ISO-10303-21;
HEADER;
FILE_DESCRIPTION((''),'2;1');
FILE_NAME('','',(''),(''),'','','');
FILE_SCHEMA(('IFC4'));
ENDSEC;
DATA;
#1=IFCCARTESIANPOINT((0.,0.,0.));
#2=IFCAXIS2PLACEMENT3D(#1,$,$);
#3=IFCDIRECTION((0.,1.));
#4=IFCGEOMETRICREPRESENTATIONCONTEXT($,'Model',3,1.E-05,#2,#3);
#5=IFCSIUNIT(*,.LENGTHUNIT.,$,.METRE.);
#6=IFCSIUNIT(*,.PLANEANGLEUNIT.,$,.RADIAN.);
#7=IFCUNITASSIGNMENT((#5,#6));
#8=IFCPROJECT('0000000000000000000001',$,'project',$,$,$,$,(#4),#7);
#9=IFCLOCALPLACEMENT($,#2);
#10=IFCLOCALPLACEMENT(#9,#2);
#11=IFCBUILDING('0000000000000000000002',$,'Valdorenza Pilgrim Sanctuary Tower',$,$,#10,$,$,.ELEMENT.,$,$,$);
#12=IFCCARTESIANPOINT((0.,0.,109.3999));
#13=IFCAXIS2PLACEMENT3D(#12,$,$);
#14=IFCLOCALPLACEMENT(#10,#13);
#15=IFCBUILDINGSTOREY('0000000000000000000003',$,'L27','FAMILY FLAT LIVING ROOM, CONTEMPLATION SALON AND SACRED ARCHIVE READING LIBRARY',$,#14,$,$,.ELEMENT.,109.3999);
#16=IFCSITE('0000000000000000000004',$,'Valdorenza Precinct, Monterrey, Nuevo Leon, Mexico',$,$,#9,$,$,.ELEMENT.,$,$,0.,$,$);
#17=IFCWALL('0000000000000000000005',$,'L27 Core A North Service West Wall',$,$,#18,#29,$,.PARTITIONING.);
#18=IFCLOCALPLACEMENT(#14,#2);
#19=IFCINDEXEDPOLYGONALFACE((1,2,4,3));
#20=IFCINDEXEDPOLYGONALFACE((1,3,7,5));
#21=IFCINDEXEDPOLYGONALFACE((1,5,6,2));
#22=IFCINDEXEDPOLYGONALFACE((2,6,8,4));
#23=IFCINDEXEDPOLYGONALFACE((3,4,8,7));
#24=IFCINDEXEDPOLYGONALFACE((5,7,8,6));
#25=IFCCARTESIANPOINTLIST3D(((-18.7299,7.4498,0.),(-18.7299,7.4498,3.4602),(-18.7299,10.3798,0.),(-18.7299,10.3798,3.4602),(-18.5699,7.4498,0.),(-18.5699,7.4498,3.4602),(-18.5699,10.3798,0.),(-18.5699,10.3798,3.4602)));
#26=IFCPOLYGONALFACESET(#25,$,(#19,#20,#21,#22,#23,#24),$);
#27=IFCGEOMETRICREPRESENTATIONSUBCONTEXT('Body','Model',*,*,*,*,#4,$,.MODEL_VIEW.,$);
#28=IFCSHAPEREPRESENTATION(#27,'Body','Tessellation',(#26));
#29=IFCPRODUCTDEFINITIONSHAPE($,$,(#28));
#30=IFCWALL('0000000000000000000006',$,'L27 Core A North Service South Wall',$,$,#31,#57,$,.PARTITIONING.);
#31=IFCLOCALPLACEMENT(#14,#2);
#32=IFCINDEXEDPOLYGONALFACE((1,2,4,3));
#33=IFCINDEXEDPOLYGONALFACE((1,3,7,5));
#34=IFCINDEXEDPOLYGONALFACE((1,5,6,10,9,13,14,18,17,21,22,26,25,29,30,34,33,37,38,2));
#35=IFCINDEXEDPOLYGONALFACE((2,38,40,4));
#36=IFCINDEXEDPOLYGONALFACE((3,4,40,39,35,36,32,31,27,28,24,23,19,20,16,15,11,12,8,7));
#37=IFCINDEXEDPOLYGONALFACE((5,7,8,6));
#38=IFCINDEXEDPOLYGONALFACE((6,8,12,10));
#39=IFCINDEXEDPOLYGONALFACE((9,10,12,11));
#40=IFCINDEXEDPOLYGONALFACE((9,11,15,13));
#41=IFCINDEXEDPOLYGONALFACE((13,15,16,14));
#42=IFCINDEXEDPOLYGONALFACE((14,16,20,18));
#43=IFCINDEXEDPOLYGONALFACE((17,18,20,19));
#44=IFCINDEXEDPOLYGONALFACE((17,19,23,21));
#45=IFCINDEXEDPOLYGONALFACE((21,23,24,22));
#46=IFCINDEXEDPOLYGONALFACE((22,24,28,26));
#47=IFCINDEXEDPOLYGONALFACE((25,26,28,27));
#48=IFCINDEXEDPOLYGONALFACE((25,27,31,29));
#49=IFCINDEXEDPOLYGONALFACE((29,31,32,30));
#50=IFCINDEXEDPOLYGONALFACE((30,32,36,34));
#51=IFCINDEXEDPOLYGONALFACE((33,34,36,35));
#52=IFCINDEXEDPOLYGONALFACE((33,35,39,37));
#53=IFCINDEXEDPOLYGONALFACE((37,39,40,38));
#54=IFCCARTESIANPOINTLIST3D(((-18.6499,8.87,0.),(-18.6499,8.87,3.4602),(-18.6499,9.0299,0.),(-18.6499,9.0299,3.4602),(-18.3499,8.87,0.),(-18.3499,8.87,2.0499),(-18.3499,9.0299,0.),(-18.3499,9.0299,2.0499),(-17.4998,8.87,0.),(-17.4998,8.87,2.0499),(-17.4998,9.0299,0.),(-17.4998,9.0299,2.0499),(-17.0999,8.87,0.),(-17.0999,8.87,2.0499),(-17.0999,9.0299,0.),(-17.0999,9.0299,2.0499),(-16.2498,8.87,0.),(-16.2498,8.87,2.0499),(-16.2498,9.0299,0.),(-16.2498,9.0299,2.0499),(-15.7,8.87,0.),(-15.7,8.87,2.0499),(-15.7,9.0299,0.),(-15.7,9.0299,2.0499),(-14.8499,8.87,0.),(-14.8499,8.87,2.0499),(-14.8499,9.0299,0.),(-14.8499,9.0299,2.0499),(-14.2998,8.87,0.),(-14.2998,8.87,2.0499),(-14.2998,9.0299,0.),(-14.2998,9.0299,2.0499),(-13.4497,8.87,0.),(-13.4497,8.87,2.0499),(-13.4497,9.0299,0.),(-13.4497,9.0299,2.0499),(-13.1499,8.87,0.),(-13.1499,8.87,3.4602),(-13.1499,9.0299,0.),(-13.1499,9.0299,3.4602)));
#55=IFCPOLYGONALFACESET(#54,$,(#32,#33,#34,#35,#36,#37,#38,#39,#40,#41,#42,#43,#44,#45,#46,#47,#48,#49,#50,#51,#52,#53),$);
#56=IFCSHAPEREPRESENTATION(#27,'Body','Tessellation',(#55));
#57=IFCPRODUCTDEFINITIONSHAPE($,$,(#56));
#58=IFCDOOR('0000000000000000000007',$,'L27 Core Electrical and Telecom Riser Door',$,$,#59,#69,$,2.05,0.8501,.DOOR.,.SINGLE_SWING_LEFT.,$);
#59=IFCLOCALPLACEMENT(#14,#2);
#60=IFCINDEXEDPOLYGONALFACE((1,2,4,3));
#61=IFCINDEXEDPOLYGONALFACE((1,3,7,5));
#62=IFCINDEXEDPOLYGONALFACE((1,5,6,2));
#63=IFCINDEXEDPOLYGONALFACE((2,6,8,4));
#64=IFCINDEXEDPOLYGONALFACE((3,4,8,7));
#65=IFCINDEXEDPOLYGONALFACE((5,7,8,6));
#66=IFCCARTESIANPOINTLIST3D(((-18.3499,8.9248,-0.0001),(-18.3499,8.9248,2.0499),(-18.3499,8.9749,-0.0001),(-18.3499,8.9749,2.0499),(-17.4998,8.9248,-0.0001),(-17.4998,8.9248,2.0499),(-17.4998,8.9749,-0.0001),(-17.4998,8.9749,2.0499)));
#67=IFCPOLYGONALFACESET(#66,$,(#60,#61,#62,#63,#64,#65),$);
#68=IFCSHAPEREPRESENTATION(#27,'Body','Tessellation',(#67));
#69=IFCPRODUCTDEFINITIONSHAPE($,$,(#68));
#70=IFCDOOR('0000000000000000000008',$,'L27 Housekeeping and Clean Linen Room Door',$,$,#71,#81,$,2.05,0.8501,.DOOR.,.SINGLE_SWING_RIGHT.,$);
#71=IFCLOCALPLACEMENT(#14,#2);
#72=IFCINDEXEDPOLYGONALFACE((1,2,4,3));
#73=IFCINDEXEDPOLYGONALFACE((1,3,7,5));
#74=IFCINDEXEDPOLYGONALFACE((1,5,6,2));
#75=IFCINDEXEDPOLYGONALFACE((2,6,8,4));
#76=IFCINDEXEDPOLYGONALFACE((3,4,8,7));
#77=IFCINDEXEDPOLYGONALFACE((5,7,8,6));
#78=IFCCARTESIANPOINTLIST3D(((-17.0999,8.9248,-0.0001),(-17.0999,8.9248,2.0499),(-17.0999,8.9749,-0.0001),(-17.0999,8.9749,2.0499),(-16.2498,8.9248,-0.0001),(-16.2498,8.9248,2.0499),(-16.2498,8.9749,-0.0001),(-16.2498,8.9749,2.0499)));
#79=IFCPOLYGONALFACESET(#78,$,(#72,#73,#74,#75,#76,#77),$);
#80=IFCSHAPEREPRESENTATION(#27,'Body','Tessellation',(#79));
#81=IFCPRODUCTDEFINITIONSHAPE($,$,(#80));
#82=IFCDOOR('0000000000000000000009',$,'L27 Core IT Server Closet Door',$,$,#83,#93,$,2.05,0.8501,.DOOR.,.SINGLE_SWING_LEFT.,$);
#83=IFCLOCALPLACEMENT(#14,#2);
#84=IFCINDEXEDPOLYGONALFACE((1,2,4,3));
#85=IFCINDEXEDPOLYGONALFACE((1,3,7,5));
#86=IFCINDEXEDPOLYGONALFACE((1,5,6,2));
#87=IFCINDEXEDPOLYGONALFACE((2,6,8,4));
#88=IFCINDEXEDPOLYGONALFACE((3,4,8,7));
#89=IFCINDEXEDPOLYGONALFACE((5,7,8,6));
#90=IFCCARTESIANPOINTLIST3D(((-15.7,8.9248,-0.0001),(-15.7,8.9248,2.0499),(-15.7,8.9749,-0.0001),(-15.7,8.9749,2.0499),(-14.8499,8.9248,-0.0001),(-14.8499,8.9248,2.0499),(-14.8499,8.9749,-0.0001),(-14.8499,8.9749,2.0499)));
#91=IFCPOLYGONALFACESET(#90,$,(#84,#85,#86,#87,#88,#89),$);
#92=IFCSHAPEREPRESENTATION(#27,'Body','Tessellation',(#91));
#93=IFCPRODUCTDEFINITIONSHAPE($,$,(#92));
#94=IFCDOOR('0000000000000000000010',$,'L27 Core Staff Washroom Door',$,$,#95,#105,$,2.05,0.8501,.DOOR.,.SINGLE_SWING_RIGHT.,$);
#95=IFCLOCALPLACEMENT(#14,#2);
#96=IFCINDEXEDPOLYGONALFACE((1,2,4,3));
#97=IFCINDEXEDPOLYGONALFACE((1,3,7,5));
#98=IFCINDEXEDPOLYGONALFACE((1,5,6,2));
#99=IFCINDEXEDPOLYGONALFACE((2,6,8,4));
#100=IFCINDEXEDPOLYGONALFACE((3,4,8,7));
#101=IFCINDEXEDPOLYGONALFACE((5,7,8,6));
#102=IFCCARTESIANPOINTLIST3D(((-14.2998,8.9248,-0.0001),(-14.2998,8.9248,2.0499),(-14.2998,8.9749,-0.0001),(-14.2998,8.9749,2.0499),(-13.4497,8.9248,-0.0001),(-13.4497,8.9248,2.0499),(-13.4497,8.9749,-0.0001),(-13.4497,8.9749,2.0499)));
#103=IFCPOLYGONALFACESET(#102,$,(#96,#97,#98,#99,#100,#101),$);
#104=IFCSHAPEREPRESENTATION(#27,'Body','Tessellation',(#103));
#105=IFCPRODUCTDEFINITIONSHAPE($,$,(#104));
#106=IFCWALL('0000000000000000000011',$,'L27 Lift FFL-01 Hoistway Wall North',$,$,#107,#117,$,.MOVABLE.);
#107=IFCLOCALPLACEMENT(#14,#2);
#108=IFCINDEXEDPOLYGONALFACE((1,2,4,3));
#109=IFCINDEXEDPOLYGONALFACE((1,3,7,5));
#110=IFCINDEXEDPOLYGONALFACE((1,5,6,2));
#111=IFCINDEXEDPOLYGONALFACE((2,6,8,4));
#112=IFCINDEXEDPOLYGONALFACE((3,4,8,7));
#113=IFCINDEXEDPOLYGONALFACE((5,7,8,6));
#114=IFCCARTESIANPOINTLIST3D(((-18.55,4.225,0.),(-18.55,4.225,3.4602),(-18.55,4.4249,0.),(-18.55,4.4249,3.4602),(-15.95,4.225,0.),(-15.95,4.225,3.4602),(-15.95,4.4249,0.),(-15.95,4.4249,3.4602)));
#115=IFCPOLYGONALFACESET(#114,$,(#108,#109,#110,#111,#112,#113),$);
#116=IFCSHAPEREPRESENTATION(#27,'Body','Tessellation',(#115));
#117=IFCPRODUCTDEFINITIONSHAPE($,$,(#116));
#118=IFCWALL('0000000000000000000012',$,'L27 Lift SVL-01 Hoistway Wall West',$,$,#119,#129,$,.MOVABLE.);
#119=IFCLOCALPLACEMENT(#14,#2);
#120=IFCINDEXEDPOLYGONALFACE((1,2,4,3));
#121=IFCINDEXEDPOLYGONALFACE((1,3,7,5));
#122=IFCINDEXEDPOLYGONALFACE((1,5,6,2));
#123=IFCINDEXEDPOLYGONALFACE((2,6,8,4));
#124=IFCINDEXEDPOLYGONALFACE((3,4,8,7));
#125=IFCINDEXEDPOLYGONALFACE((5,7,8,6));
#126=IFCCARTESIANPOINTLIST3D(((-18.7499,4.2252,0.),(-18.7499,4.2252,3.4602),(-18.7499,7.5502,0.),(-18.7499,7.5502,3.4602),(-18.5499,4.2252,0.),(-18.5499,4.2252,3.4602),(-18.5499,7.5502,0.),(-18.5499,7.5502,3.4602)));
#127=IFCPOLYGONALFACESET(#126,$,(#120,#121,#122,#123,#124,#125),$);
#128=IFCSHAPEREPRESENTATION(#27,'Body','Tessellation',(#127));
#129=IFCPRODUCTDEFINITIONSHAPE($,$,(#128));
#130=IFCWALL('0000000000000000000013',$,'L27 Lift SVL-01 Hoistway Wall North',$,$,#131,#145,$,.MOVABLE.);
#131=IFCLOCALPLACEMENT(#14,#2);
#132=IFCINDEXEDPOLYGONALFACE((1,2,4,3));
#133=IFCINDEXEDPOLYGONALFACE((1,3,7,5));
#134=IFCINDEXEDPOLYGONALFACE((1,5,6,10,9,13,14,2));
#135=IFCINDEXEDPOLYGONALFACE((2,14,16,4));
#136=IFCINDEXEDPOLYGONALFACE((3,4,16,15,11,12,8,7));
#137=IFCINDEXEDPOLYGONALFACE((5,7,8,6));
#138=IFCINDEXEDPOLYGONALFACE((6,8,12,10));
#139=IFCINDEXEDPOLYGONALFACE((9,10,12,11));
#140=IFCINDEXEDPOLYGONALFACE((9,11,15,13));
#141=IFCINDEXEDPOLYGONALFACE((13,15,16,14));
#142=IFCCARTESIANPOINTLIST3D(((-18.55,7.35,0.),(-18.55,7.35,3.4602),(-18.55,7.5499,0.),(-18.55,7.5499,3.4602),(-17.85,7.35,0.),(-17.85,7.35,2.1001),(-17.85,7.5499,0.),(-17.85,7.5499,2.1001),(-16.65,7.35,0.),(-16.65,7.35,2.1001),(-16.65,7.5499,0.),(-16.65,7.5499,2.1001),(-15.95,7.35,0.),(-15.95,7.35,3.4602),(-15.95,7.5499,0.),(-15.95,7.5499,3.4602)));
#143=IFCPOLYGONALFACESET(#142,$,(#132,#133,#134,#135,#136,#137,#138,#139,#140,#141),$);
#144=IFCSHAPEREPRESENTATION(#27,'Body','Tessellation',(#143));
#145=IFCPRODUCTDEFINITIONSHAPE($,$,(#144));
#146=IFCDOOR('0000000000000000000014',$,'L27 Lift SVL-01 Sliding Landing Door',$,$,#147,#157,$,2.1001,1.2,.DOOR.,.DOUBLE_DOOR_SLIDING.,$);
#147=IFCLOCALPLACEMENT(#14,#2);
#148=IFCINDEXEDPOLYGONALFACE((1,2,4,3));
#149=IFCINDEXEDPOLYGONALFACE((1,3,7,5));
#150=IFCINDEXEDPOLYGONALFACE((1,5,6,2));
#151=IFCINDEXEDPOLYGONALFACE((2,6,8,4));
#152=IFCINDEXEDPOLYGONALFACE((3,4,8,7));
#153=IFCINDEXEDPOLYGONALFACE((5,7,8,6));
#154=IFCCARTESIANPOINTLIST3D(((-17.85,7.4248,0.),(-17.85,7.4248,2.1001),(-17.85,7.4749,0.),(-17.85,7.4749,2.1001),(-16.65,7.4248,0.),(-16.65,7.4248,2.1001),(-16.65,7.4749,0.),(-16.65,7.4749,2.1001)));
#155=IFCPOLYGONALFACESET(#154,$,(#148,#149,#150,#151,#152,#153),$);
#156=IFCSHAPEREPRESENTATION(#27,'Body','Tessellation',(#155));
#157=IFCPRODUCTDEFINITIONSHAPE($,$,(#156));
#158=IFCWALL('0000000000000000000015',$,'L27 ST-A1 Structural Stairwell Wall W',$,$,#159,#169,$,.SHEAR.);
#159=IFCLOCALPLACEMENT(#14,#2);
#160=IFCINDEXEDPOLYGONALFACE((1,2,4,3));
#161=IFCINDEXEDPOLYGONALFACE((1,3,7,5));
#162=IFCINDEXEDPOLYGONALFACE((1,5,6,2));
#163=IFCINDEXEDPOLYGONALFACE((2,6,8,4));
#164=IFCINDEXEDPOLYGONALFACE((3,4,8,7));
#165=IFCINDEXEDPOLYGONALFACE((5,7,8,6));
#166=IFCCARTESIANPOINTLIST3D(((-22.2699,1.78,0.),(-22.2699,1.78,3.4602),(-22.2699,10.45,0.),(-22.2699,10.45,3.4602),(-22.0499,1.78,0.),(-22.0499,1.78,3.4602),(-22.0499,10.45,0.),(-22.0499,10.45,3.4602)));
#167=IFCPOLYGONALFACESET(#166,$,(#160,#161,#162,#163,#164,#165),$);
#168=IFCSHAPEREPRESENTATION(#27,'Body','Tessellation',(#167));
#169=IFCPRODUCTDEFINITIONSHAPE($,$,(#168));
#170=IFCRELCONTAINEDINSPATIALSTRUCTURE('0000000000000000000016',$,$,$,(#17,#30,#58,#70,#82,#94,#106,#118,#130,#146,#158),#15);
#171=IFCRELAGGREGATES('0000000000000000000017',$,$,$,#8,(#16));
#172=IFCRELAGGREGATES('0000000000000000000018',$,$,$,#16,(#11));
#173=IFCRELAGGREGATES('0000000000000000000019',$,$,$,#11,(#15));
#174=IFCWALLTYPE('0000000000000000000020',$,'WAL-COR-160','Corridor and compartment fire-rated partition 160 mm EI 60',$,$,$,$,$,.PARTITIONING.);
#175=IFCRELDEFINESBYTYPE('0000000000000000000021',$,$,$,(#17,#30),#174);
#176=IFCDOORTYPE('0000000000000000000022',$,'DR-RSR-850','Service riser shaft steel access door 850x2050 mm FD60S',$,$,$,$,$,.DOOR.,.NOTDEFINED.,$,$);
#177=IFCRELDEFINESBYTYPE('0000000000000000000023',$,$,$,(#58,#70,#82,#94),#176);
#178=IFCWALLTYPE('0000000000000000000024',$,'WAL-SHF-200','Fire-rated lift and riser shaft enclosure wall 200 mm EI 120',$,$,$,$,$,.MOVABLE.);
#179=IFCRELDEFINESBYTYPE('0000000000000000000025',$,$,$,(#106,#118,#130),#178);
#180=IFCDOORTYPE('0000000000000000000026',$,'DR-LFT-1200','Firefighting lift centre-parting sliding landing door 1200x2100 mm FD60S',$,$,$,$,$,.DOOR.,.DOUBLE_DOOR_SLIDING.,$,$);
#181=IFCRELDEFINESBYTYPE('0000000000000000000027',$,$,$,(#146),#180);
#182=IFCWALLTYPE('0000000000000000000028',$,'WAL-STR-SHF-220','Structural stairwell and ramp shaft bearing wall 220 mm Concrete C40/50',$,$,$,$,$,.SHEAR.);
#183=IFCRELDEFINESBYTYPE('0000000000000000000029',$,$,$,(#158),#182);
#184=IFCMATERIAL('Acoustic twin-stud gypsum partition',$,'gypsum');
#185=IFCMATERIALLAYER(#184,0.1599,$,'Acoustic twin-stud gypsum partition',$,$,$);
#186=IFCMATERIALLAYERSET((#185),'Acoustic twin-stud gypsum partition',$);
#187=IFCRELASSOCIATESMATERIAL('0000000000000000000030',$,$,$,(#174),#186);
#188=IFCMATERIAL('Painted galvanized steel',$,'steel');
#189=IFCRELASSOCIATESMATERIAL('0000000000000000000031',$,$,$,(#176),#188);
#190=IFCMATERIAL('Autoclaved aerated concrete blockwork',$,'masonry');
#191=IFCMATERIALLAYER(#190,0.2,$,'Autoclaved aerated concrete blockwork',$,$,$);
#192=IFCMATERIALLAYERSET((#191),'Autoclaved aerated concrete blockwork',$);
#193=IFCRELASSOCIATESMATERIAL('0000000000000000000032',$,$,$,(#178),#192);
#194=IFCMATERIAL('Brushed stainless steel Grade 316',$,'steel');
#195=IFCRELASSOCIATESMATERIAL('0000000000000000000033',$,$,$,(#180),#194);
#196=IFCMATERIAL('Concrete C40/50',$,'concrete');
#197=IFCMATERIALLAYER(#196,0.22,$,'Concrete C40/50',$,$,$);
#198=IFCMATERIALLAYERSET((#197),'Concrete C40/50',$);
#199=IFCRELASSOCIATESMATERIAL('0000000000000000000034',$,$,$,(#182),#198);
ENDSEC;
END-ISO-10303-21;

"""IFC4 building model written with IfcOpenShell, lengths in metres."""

from ifc_helpers import new_model, si_unit, direction, frame, frame_2d, origin, place, context, subcontext, project, spatial, rectangle, extrude, material, layer, layer_set, type_object, element, fill, save


model = new_model("IFC4")

# Units and contexts
model_context = context("Model", 3, precision=1e-05, world=origin(), true_north=direction((0.0, 1.0)))
body_context = subcontext(model_context, "Body", "Model", "MODEL_VIEW")
ifc_project = project(units=[si_unit("LENGTHUNIT", "METRE"), si_unit("PLANEANGLEUNIT", "RADIAN")], contexts=[model_context])

# Site, building, storey
site_placement = place(None, origin())
site = spatial("IfcSite", under=ifc_project, at=site_placement, Name="Valdorenza Precinct, Monterrey, Nuevo Leon, Mexico", CompositionType="ELEMENT", RefElevation=0.0)
building_placement = place(site_placement, origin())
building = spatial("IfcBuilding", under=site, at=building_placement, Name="Valdorenza Pilgrim Sanctuary Tower", CompositionType="ELEMENT")
storey_placement = place(building_placement, frame((0.0, 0.0, 109.3999)))
storey = spatial("IfcBuildingStorey", under=building, at=storey_placement, Name="L27", Description="FAMILY FLAT LIVING ROOM, CONTEMPLATION SALON AND SACRED ARCHIVE READING LIBRARY", CompositionType="ELEMENT", Elevation=109.3999)

# Wall
ifc_material_1 = material(Name="Acoustic twin-stud gypsum partition", Category="gypsum")
ifc_layer_1 = layer(ifc_material_1, 0.1599, Name="Acoustic twin-stud gypsum partition")
ifc_layer_set_1 = layer_set([ifc_layer_1], Name="Acoustic twin-stud gypsum partition")
wall_type_1 = type_object("IfcWallType", Name="WAL-COR-160", Description="Corridor and compartment fire-rated partition 160 mm EI 60", PredefinedType="PARTITIONING", material=ifc_layer_set_1)
wall_1_placement = place(storey_placement, frame((-18.6499, 7.45, 0.0), z_axis=(0.0, 0.0, 1.0), x_axis=(0.0, 1.0, 0.0)))
element("IfcWall", 1, at=wall_1_placement, inside=storey, type_object=wall_type_1, Name="L27 Core A North Service West Wall", PredefinedType="PARTITIONING", context=body_context, shape_type="SweptSolid", body=[
    extrude(rectangle(XDim=2.9299, YDim=0.1599, at=frame_2d((1.4648, 0.0))), origin(), (0.0, 0.0, 1.0), 3.4602),
])

# Wall, openings, doors
wall_2_placement = place(storey_placement, frame((-18.6499, 8.95, 0.0), z_axis=(0.0, 0.0, 1.0), x_axis=(1.0, 0.0, 0.0)))
wall_2 = element("IfcWall", 2, at=wall_2_placement, inside=storey, type_object=wall_type_1, Name="L27 Core A North Service South Wall", PredefinedType="PARTITIONING", context=body_context, shape_type="SweptSolid", body=[
    extrude(rectangle(XDim=5.5, YDim=0.1599, at=frame_2d((2.75, 0.0))), origin(), (0.0, 0.0, 1.0), 3.4602),
])
opening_1_placement = place(wall_2_placement, frame((0.3, 0.0, 0.0)))
opening_1 = element("IfcOpeningElement", 3, at=opening_1_placement, cuts=wall_2, PredefinedType="OPENING", context=body_context, shape_type="SweptSolid", body=[
    extrude(rectangle(XDim=0.8501, YDim=2.05, at=frame_2d((0.425, 1.0249))), frame((0.0, 0.0947, 0.0), z_axis=(0.0, -1.0, 0.0), x_axis=(1.0, 0.0, 0.0)), (0.0, 0.0, 1.0), 0.1897),
])
opening_2_placement = place(wall_2_placement, frame((1.55, 0.0, 0.0)))
opening_2 = element("IfcOpeningElement", 4, at=opening_2_placement, cuts=wall_2, PredefinedType="OPENING", context=body_context, shape_type="SweptSolid", body=[
    extrude(rectangle(XDim=0.8501, YDim=2.05, at=frame_2d((0.425, 1.0249))), frame((0.0, 0.0947, 0.0), z_axis=(0.0, -1.0, 0.0), x_axis=(1.0, 0.0, 0.0)), (0.0, 0.0, 1.0), 0.1897),
])
opening_3_placement = place(wall_2_placement, frame((2.95, 0.0, 0.0)))
opening_3 = element("IfcOpeningElement", 5, at=opening_3_placement, cuts=wall_2, PredefinedType="OPENING", context=body_context, shape_type="SweptSolid", body=[
    extrude(rectangle(XDim=0.8501, YDim=2.05, at=frame_2d((0.425, 1.0249))), frame((0.0, 0.0947, 0.0), z_axis=(0.0, -1.0, 0.0), x_axis=(1.0, 0.0, 0.0)), (0.0, 0.0, 1.0), 0.1897),
])
opening_4_placement = place(wall_2_placement, frame((4.3501, 0.0, 0.0)))
opening_4 = element("IfcOpeningElement", 6, at=opening_4_placement, cuts=wall_2, PredefinedType="OPENING", context=body_context, shape_type="SweptSolid", body=[
    extrude(rectangle(XDim=0.8501, YDim=2.05, at=frame_2d((0.425, 1.0249))), frame((0.0, 0.0947, 0.0), z_axis=(0.0, -1.0, 0.0), x_axis=(1.0, 0.0, 0.0)), (0.0, 0.0, 1.0), 0.1897),
])
ifc_material_2 = material(Name="Painted galvanized steel", Category="steel")
door_type_1 = type_object("IfcDoorType", Name="DR-RSR-850", Description="Service riser shaft steel access door 850x2050 mm FD60S", OperationType="NOTDEFINED", PredefinedType="DOOR", material=ifc_material_2)
door_1_placement = place(opening_1_placement, origin())
door_1 = element("IfcDoor", 7, at=door_1_placement, inside=storey, type_object=door_type_1, Name="L27 Core Electrical and Telecom Riser Door", OperationType="SINGLE_SWING_LEFT", OverallHeight=2.05, OverallWidth=0.8501, PredefinedType="DOOR", context=body_context, shape_type="SweptSolid", body=[
    extrude(rectangle(XDim=0.8501, YDim=2.05, at=frame_2d((0.425, 1.0249))), frame((0.0, 0.0249, 0.0), z_axis=(0.0, -1.0, 0.0), x_axis=(1.0, 0.0, 0.0)), (0.0, 0.0, 1.0), 0.05),
])
fill(opening_1, door_1)
door_2_placement = place(opening_2_placement, origin())
door_2 = element("IfcDoor", 8, at=door_2_placement, inside=storey, type_object=door_type_1, Name="L27 Housekeeping and Clean Linen Room Door", OperationType="SINGLE_SWING_RIGHT", OverallHeight=2.05, OverallWidth=0.8501, PredefinedType="DOOR", context=body_context, shape_type="SweptSolid", body=[
    extrude(rectangle(XDim=0.8501, YDim=2.05, at=frame_2d((0.425, 1.0249))), frame((0.0, 0.0249, 0.0), z_axis=(0.0, -1.0, 0.0), x_axis=(1.0, 0.0, 0.0)), (0.0, 0.0, 1.0), 0.05),
])
fill(opening_2, door_2)
door_3_placement = place(opening_3_placement, origin())
door_3 = element("IfcDoor", 9, at=door_3_placement, inside=storey, type_object=door_type_1, Name="L27 Core IT Server Closet Door", OperationType="SINGLE_SWING_LEFT", OverallHeight=2.05, OverallWidth=0.8501, PredefinedType="DOOR", context=body_context, shape_type="SweptSolid", body=[
    extrude(rectangle(XDim=0.8501, YDim=2.05, at=frame_2d((0.425, 1.0249))), frame((0.0, 0.0249, 0.0), z_axis=(0.0, -1.0, 0.0), x_axis=(1.0, 0.0, 0.0)), (0.0, 0.0, 1.0), 0.05),
])
fill(opening_3, door_3)
door_4_placement = place(opening_4_placement, origin())
door_4 = element("IfcDoor", 10, at=door_4_placement, inside=storey, type_object=door_type_1, Name="L27 Core Staff Washroom Door", OperationType="SINGLE_SWING_RIGHT", OverallHeight=2.05, OverallWidth=0.8501, PredefinedType="DOOR", context=body_context, shape_type="SweptSolid", body=[
    extrude(rectangle(XDim=0.8501, YDim=2.05, at=frame_2d((0.425, 1.0249))), frame((0.0, 0.0249, 0.0), z_axis=(0.0, -1.0, 0.0), x_axis=(1.0, 0.0, 0.0)), (0.0, 0.0, 1.0), 0.05),
])
fill(opening_4, door_4)

# Walls
ifc_material_3 = material(Name="Autoclaved aerated concrete blockwork", Category="masonry")
ifc_layer_2 = layer(ifc_material_3, 0.2, Name="Autoclaved aerated concrete blockwork")
ifc_layer_set_2 = layer_set([ifc_layer_2], Name="Autoclaved aerated concrete blockwork")
wall_type_2 = type_object("IfcWallType", Name="WAL-SHF-200", Description="Fire-rated lift and riser shaft enclosure wall 200 mm EI 120", PredefinedType="MOVABLE", material=ifc_layer_set_2)
wall_3_placement = place(storey_placement, frame((-18.55, 4.325, 0.0), z_axis=(0.0, 0.0, 1.0), x_axis=(1.0, 0.0, 0.0)))
element("IfcWall", 11, at=wall_3_placement, inside=storey, type_object=wall_type_2, Name="L27 Lift FFL-01 Hoistway Wall North", PredefinedType="MOVABLE", context=body_context, shape_type="SweptSolid", body=[
    extrude(rectangle(XDim=2.6001, YDim=0.2, at=frame_2d((1.3, 0.0))), origin(), (0.0, 0.0, 1.0), 3.4602),
])
wall_4_placement = place(storey_placement, frame((-18.6499, 4.2251, 0.0), z_axis=(0.0, 0.0, 1.0), x_axis=(0.0, 1.0, 0.0)))
element("IfcWall", 12, at=wall_4_placement, inside=storey, type_object=wall_type_2, Name="L27 Lift SVL-01 Hoistway Wall West", PredefinedType="MOVABLE", context=body_context, shape_type="SweptSolid", body=[
    extrude(rectangle(XDim=3.325, YDim=0.2, at=frame_2d((1.6626, 0.0))), origin(), (0.0, 0.0, 1.0), 3.4602),
])

# Wall, opening, door
wall_5_placement = place(storey_placement, frame((-18.55, 7.45, 0.0), z_axis=(0.0, 0.0, 1.0), x_axis=(1.0, 0.0, 0.0)))
wall_5 = element("IfcWall", 13, at=wall_5_placement, inside=storey, type_object=wall_type_2, Name="L27 Lift SVL-01 Hoistway Wall North", PredefinedType="MOVABLE", context=body_context, shape_type="SweptSolid", body=[
    extrude(rectangle(XDim=2.6001, YDim=0.2, at=frame_2d((1.3, 0.0))), origin(), (0.0, 0.0, 1.0), 3.4602),
])
opening_5_placement = place(wall_5_placement, frame((0.7, 0.0, 0.0)))
opening_5 = element("IfcOpeningElement", 14, at=opening_5_placement, cuts=wall_5, PredefinedType="OPENING", context=body_context, shape_type="SweptSolid", body=[
    extrude(rectangle(XDim=1.2, YDim=2.1001, at=frame_2d((0.6001, 1.05))), frame((0.0, 0.1147, 0.0), z_axis=(0.0, -1.0, 0.0), x_axis=(1.0, 0.0, 0.0)), (0.0, 0.0, 1.0), 0.2297),
])
ifc_material_4 = material(Name="Brushed stainless steel Grade 316", Category="steel")
door_type_2 = type_object("IfcDoorType", Name="DR-LFT-1200", Description="Firefighting lift centre-parting sliding landing door 1200x2100 mm FD60S", OperationType="DOUBLE_DOOR_SLIDING", PredefinedType="DOOR", material=ifc_material_4)
door_5_placement = place(opening_5_placement, origin())
door_5 = element("IfcDoor", 15, at=door_5_placement, inside=storey, type_object=door_type_2, Name="L27 Lift SVL-01 Sliding Landing Door", OperationType="DOUBLE_DOOR_SLIDING", OverallHeight=2.1001, OverallWidth=1.2, PredefinedType="DOOR", context=body_context, shape_type="SweptSolid", body=[
    extrude(rectangle(XDim=1.2, YDim=2.1001, at=frame_2d((0.6001, 1.05))), frame((0.0, 0.0249, 0.0), z_axis=(0.0, -1.0, 0.0), x_axis=(1.0, 0.0, 0.0)), (0.0, 0.0, 1.0), 0.05),
])
fill(opening_5, door_5)

# Wall
ifc_material_5 = material(Name="Concrete C40/50", Category="concrete")
ifc_layer_3 = layer(ifc_material_5, 0.22, Name="Concrete C40/50")
ifc_layer_set_3 = layer_set([ifc_layer_3], Name="Concrete C40/50")
wall_type_3 = type_object("IfcWallType", Name="WAL-STR-SHF-220", Description="Structural stairwell and ramp shaft bearing wall 220 mm Concrete C40/50", PredefinedType="SHEAR", material=ifc_layer_set_3)
for number, where, z_axis, x_axis, name in (
    (16, (-22.1599, 1.78, 0.0), (0.0, 0.0, 1.0), (0.0, 1.0, 0.0), "L27 ST-A1 Structural Stairwell Wall W"),
):
    element("IfcWall", number, at=place(storey_placement, frame(where, z_axis=z_axis, x_axis=x_axis)), inside=storey, type_object=wall_type_3, Name=name, PredefinedType="SHEAR", context=body_context, shape_type="SweptSolid", body=[
        extrude(rectangle(XDim=8.6699, YDim=0.22, at=frame_2d((4.335, 0.0))), origin(), (0.0, 0.0, 1.0), 3.4602),
    ])

save(model, "model.ifc")
